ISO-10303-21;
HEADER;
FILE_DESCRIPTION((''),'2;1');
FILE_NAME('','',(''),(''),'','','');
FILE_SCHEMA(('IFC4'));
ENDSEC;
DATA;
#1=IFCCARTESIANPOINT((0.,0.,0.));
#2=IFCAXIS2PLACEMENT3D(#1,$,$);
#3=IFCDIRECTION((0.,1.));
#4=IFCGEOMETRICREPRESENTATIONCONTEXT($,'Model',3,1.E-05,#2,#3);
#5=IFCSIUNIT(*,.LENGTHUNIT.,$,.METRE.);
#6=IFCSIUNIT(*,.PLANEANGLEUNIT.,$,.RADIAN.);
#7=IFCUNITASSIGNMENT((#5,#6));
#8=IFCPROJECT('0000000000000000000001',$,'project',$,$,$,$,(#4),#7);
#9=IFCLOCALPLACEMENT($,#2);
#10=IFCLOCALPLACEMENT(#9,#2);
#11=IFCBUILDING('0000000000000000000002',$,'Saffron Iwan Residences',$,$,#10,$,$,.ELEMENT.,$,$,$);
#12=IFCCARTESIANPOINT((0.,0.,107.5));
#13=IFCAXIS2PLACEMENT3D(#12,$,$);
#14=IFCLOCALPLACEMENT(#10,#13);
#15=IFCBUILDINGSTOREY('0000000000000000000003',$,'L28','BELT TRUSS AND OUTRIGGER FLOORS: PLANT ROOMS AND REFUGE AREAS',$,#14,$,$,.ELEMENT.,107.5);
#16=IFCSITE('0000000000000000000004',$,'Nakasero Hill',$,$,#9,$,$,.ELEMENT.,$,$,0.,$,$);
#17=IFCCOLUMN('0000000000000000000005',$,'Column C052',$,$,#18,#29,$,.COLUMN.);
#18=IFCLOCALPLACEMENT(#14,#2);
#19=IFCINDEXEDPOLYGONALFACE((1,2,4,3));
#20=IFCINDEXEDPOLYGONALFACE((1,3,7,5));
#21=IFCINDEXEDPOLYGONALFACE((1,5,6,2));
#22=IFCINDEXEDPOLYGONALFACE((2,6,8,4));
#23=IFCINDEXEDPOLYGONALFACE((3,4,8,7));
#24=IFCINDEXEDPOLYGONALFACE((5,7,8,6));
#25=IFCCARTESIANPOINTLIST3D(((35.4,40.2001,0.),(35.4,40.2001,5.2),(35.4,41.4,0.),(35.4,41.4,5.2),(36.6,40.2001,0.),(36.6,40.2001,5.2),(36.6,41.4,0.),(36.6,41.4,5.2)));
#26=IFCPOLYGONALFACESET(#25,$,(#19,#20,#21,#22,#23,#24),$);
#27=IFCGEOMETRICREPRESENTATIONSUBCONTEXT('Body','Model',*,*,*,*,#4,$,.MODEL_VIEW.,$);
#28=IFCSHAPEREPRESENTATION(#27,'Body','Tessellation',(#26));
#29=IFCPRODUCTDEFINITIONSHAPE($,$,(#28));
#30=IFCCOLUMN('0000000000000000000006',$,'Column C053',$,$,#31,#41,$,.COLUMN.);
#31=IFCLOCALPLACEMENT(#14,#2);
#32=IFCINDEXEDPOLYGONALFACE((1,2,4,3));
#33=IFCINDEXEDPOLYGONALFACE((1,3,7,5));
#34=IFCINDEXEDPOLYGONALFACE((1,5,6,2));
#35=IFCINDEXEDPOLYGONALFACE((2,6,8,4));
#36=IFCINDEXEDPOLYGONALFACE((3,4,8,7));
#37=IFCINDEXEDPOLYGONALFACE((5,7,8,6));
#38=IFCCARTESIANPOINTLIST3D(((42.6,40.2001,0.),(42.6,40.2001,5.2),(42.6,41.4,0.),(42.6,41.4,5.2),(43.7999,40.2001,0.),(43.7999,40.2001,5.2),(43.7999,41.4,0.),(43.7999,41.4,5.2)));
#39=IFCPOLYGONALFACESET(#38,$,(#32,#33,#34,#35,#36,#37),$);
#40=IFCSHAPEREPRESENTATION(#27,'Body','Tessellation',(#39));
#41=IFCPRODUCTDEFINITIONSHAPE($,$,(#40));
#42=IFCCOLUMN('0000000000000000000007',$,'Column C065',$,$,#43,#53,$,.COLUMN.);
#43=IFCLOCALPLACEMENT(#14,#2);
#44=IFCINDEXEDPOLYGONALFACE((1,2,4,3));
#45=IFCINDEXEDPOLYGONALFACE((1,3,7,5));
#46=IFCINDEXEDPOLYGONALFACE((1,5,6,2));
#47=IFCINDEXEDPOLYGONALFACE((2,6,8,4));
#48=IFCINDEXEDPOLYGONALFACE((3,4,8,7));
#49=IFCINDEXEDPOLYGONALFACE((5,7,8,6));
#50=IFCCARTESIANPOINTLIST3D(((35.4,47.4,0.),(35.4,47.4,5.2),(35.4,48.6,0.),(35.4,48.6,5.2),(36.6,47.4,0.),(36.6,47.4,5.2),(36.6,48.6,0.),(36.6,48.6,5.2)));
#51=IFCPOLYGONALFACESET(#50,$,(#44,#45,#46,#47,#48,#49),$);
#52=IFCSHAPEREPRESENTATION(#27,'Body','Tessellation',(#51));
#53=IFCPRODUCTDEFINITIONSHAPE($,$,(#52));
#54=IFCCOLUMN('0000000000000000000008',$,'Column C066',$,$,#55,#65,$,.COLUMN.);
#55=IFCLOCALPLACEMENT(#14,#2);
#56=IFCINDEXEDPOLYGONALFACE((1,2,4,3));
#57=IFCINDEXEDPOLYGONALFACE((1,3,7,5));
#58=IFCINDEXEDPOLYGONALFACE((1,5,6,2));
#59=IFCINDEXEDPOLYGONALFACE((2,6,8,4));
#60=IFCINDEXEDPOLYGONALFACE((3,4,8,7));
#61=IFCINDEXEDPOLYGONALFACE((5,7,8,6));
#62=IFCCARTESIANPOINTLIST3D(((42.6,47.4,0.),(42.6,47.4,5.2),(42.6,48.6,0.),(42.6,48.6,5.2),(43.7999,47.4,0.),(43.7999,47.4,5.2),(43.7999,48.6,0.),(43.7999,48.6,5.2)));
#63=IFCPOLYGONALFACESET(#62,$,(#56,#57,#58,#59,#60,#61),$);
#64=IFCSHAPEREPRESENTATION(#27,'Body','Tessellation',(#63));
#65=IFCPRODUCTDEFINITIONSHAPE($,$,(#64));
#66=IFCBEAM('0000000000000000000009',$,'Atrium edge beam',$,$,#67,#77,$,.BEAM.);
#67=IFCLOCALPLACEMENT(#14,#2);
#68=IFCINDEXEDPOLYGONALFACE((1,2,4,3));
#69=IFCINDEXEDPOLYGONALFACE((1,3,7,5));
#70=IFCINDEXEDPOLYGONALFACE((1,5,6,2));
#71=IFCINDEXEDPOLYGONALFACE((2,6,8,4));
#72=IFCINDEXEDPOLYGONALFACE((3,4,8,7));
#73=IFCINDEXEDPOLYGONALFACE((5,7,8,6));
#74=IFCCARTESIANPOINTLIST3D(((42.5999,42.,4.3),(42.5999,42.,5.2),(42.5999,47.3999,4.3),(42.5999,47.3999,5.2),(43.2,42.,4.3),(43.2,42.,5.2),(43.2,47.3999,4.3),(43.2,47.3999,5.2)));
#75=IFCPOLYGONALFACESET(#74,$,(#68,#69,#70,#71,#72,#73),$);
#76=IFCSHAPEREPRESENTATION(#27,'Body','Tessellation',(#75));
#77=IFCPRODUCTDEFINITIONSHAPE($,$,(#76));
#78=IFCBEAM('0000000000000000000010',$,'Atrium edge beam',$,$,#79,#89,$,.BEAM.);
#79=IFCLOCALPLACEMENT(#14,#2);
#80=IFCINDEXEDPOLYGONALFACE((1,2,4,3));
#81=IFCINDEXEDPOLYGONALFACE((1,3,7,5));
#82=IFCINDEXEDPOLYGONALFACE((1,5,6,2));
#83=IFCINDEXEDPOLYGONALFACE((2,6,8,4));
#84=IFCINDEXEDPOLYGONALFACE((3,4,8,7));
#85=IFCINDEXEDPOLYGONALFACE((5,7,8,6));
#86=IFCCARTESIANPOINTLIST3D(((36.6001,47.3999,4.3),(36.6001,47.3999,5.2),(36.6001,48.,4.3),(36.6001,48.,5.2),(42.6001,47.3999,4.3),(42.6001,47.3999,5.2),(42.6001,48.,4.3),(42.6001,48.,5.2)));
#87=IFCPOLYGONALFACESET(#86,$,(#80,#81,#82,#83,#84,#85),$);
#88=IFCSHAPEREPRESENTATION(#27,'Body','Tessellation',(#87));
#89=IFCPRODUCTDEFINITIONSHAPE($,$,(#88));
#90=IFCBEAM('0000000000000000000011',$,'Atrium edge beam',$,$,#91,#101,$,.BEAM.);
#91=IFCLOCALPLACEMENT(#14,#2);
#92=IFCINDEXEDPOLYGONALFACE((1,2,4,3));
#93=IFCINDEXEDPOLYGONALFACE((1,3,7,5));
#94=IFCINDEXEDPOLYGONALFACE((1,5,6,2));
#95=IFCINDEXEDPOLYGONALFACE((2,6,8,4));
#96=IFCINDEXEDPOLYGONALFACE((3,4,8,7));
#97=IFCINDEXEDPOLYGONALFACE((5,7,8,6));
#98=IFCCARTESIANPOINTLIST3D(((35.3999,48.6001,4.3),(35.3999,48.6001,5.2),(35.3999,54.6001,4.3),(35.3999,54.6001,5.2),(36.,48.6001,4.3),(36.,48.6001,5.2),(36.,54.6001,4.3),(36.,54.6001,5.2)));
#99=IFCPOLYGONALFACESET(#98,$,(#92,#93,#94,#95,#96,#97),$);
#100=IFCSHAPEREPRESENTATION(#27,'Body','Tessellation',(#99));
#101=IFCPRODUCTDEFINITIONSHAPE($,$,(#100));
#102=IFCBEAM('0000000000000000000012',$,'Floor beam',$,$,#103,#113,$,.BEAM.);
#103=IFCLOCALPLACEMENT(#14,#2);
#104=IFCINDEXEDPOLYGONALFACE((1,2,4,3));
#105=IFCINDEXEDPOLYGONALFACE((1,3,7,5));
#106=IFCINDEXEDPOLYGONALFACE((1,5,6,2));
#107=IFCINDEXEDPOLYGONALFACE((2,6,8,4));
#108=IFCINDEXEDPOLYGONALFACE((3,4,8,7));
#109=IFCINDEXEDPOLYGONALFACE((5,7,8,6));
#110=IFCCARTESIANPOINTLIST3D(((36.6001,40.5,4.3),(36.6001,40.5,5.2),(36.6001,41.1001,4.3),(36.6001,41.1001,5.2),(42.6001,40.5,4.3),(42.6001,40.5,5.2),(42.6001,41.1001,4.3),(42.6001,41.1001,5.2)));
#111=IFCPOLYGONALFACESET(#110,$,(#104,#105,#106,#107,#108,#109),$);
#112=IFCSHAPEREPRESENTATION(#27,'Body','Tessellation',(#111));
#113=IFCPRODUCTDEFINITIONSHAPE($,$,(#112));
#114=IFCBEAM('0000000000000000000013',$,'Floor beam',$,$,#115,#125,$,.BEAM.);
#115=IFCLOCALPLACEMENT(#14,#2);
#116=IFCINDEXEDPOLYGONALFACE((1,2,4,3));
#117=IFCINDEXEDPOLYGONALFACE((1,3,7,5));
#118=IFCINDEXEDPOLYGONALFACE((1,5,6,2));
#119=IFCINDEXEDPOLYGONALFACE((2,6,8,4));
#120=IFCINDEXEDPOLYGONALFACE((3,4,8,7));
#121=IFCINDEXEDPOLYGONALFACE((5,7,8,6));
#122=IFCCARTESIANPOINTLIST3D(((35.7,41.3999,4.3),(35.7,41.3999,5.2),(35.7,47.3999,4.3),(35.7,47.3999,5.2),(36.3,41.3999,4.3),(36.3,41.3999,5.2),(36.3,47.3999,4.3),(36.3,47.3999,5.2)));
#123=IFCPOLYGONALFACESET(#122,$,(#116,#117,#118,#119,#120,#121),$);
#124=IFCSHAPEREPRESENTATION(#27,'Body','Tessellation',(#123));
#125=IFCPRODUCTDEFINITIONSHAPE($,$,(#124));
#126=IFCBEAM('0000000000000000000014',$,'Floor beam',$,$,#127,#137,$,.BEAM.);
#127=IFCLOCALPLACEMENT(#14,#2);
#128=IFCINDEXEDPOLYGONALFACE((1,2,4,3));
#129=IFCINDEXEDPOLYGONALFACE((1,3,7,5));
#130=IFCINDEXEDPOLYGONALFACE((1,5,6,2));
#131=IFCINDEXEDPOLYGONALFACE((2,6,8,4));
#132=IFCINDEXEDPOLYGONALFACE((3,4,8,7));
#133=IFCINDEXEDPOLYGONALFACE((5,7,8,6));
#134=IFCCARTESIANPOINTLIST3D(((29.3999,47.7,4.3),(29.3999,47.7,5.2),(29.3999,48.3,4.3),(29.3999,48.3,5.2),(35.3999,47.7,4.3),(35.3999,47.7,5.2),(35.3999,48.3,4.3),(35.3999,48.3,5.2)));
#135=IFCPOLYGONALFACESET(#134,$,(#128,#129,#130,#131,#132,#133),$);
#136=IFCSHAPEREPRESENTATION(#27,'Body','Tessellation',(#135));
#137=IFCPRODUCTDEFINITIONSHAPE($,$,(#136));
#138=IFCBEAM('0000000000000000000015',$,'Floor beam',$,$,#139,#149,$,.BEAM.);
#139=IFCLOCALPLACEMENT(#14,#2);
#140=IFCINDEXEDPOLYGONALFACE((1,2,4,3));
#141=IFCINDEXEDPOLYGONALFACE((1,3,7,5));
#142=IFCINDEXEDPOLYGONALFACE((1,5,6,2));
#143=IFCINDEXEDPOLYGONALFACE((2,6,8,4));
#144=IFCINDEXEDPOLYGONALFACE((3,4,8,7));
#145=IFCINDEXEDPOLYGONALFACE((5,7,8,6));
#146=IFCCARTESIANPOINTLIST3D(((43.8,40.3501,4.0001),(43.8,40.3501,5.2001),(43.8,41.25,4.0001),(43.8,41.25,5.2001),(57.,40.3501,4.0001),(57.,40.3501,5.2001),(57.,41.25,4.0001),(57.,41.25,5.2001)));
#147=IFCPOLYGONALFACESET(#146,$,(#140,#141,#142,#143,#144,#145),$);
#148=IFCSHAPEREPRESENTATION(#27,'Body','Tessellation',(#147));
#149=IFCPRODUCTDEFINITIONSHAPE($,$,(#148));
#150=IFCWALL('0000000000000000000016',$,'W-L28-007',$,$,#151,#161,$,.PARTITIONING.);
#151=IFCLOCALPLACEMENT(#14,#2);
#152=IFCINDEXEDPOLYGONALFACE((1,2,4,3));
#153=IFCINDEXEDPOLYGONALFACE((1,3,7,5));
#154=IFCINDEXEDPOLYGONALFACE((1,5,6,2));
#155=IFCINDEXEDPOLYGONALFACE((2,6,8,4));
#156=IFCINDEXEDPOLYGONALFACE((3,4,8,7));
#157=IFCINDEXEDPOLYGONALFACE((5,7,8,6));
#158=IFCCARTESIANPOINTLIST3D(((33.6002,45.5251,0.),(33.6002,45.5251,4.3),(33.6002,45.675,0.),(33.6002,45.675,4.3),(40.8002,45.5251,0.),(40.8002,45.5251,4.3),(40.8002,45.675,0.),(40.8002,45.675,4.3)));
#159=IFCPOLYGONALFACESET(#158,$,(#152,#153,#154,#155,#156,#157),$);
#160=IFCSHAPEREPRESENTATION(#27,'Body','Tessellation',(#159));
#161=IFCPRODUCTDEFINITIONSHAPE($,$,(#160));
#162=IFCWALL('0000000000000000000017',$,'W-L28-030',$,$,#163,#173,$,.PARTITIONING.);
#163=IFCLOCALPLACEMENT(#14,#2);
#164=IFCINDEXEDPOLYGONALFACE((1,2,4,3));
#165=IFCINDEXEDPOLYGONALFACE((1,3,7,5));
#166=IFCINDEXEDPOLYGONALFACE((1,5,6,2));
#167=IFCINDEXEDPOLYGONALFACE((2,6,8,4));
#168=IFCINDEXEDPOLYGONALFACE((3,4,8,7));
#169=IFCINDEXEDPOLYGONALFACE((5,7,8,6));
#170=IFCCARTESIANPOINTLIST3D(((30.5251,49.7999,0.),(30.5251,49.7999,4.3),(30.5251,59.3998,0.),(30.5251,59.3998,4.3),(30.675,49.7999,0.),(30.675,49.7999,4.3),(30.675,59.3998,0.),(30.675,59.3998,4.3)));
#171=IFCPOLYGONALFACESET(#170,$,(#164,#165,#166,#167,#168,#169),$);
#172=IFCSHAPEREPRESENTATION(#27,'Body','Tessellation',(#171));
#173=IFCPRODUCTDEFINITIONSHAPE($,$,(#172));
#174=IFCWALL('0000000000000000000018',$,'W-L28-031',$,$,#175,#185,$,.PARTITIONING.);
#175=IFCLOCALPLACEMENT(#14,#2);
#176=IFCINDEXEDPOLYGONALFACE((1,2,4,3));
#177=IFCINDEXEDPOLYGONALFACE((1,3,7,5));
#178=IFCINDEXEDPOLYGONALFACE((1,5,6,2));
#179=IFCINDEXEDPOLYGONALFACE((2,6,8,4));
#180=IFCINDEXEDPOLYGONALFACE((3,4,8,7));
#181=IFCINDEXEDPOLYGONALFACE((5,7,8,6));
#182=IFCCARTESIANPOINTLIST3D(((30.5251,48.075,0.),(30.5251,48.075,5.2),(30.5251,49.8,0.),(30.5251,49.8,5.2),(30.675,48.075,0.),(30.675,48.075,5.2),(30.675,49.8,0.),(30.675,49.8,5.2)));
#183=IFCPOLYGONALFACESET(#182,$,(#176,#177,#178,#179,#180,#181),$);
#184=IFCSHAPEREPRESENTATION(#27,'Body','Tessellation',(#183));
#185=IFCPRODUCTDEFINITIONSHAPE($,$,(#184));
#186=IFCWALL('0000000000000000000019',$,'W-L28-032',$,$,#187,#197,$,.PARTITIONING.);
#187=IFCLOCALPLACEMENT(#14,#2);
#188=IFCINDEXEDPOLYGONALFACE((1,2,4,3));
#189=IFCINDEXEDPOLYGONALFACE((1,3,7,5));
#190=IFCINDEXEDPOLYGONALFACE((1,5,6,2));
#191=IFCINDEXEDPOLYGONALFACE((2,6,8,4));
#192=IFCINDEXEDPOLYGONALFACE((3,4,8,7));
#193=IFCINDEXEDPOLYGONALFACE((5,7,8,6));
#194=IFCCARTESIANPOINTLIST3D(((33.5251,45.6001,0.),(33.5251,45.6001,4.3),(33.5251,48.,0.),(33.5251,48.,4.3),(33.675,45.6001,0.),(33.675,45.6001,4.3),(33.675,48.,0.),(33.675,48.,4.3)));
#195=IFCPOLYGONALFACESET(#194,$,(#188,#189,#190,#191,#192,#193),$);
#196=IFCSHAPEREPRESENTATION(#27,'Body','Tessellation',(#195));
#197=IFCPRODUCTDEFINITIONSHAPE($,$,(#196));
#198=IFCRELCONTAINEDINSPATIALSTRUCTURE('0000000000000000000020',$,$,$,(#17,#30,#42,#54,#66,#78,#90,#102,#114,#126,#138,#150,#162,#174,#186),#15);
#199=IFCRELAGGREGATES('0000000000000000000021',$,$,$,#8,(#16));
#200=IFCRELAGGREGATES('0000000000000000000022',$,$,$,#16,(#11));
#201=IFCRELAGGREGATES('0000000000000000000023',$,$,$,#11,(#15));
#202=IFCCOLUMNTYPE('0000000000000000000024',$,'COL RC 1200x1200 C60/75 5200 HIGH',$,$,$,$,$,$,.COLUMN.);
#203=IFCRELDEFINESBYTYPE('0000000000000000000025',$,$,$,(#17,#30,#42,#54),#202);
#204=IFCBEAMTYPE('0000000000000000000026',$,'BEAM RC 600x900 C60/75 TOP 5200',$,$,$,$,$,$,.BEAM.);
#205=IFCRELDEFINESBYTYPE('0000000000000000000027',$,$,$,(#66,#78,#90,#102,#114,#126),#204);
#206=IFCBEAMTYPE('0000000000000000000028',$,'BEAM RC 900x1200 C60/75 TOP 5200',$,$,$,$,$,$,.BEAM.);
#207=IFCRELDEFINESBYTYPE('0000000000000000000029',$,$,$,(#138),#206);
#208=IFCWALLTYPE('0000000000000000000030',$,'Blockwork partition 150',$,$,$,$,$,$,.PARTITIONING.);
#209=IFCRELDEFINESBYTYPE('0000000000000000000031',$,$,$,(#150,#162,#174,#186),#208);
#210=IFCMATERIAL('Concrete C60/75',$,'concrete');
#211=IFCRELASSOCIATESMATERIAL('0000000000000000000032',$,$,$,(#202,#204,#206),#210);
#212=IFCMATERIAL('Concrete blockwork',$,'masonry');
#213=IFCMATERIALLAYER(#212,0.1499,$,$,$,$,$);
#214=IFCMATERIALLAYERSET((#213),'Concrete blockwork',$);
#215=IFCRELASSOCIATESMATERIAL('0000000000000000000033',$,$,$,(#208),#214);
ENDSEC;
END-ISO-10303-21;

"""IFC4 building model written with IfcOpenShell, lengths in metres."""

from ifc_helpers import new_model, si_unit, direction, frame, frame_2d, origin, origin_2d, place, context, subcontext, project, spatial, rectangle, extrude, source, transform, mapped, material, layer, layer_set, material_profile, profile_set, type_object, element, save


model = new_model("IFC4")

# Units and contexts
model_context = context("Model", 3, precision=1e-05, world=origin(), true_north=direction((0.0, 1.0)))
body_context = subcontext(model_context, "Body", "Model", "MODEL_VIEW")
ifc_project = project(units=[si_unit("LENGTHUNIT", "METRE"), si_unit("PLANEANGLEUNIT", "RADIAN")], contexts=[model_context])

# Site, building, storey
site_placement = place(None, origin())
site = spatial("IfcSite", under=ifc_project, at=site_placement, Name="Nakasero Hill", CompositionType="ELEMENT", RefElevation=0.0)
building_placement = place(site_placement, origin())
building = spatial("IfcBuilding", under=site, at=building_placement, Name="Saffron Iwan Residences", CompositionType="ELEMENT")
storey_placement = place(building_placement, frame((0.0, 0.0, 107.5)))
storey = spatial("IfcBuildingStorey", under=building, at=storey_placement, Name="L28", Description="BELT TRUSS AND OUTRIGGER FLOORS: PLANT ROOMS AND REFUGE AREAS", CompositionType="ELEMENT", Elevation=107.5)

# Columns
ifc_material_1 = material(Name="Concrete C60/75", Category="concrete")
ifc_material_profile_1 = material_profile(ifc_material_1, rectangle(XDim=1.2, YDim=1.2, at=origin_2d()), Name="RC 1200x1200")
ifc_profile_set_1 = profile_set([ifc_material_profile_1], Name="Concrete C60/75")
column_type = type_object("IfcColumnType", Name="COL RC 1200x1200 C60/75 5200 HIGH", PredefinedType="COLUMN", material=ifc_profile_set_1)
shared_shape_1 = source(origin(), body_context, "Body", "SweptSolid", [
    extrude(rectangle(XDim=1.2, YDim=1.2, at=origin_2d()), origin(), (0.0, 0.0, 1.0), 5.2),
])
for number, where, z_axis, x_axis, name in (
    (1, (36.0, 40.8, 0.0), (0.0, 0.0, 1.0), (1.0, 0.0, 0.0), "Column C052"),
    (2, (43.2, 40.8, 0.0), (0.0, 0.0, 1.0), (1.0, 0.0, 0.0), "Column C053"),
    (3, (36.0, 48.0, 0.0), (0.0, 0.0, 1.0), (1.0, 0.0, 0.0), "Column C065"),
    (4, (43.2, 48.0, 0.0), (0.0, 0.0, 1.0), (1.0, 0.0, 0.0), "Column C066"),
):
    element("IfcColumn", number, at=place(storey_placement, frame(where, z_axis=z_axis, x_axis=x_axis)), inside=storey, type_object=column_type, Name=name, PredefinedType="COLUMN", context=body_context, shape_type="MappedRepresentation", body=[
        mapped(shared_shape_1, transform((0.0, 0.0, 0.0))),
    ])

# Beams
ifc_material_profile_2 = material_profile(ifc_material_1, rectangle(XDim=0.6001, YDim=0.8999, at=origin_2d()), Name="RC 600x900")
ifc_profile_set_2 = profile_set([ifc_material_profile_2], Name="Concrete C60/75")
beam_type_1 = type_object("IfcBeamType", Name="BEAM RC 600x900 C60/75 TOP 5200", PredefinedType="BEAM", material=ifc_profile_set_2)
shared_shape_2 = source(origin(), body_context, "Body", "SweptSolid", [
    extrude(rectangle(XDim=0.6001, YDim=0.8999, at=origin_2d()), origin(), (0.0, 0.0, 1.0), 5.3999),
])
beam_1_placement = place(storey_placement, frame((42.8999, 42.0, 4.75), z_axis=(0.0, 1.0, 0.0), x_axis=(-1.0, 0.0, 0.0)))
element("IfcBeam", 5, at=beam_1_placement, inside=storey, type_object=beam_type_1, Name="Atrium edge beam", PredefinedType="BEAM", context=body_context, shape_type="MappedRepresentation", body=[
    mapped(shared_shape_2, transform((0.0, 0.0, 0.0))),
])
shared_shape_3 = source(origin(), body_context, "Body", "SweptSolid", [
    extrude(rectangle(XDim=0.6001, YDim=0.8999, at=origin_2d()), origin(), (0.0, 0.0, 1.0), 6.0),
])
for number, where, z_axis, x_axis, name in (
    (6, (42.6001, 47.7, 4.75), (-1.0, 0.0, 0.0), (0.0, -1.0, 0.0), "Atrium edge beam"),
    (7, (35.7, 48.6001, 4.75), (0.0, 1.0, 0.0), (-1.0, 0.0, 0.0), "Atrium edge beam"),
    (8, (36.6001, 40.8, 4.75), (1.0, 0.0, 0.0), (0.0, 1.0, 0.0), "Floor beam"),
    (9, (36.0, 41.3999, 4.75), (0.0, 1.0, 0.0), (-1.0, 0.0, 0.0), "Floor beam"),
    (10, (29.3999, 48.0, 4.75), (1.0, 0.0, 0.0), (0.0, 1.0, 0.0), "Floor beam"),
):
    element("IfcBeam", number, at=place(storey_placement, frame(where, z_axis=z_axis, x_axis=x_axis)), inside=storey, type_object=beam_type_1, Name=name, PredefinedType="BEAM", context=body_context, shape_type="MappedRepresentation", body=[
        mapped(shared_shape_3, transform((0.0, 0.0, 0.0))),
    ])
ifc_material_profile_3 = material_profile(ifc_material_1, rectangle(XDim=0.8999, YDim=1.2, at=origin_2d()), Name="RC 900x1200")
ifc_profile_set_3 = profile_set([ifc_material_profile_3], Name="Concrete C60/75")
beam_type_2 = type_object("IfcBeamType", Name="BEAM RC 900x1200 C60/75 TOP 5200", PredefinedType="BEAM", material=ifc_profile_set_3)
shared_shape_4 = source(origin(), body_context, "Body", "SweptSolid", [
    extrude(rectangle(XDim=0.8999, YDim=1.2, at=origin_2d()), origin(), (0.0, 0.0, 1.0), 13.2),
])
beam_2_placement = place(storey_placement, frame((43.8, 40.8, 4.6001), z_axis=(1.0, 0.0, 0.0), x_axis=(0.0, 1.0, 0.0)))
element("IfcBeam", 11, at=beam_2_placement, inside=storey, type_object=beam_type_2, Name="Floor beam", PredefinedType="BEAM", context=body_context, shape_type="MappedRepresentation", body=[
    mapped(shared_shape_4, transform((0.0, 0.0, 0.0))),
])

# Walls
ifc_material_2 = material(Name="Concrete blockwork", Category="masonry")
ifc_layer_1 = layer(ifc_material_2, 0.1499)
ifc_layer_set_1 = layer_set([ifc_layer_1], Name="Concrete blockwork")
wall_type_1 = type_object("IfcWallType", Name="Blockwork partition 150", PredefinedType="PARTITIONING", material=ifc_layer_set_1)
wall_1_placement = place(storey_placement, frame((33.6001, 45.6001, 0.0), z_axis=(0.0, 0.0, 1.0), x_axis=(1.0, 0.0, 0.0)))
element("IfcWall", 12, at=wall_1_placement, inside=storey, type_object=wall_type_1, Name="W-L28-007", PredefinedType="PARTITIONING", context=body_context, shape_type="SweptSolid", body=[
    extrude(rectangle(XDim=7.2, YDim=0.1499, at=frame_2d((3.6001, 0.0))), origin(), (0.0, 0.0, 1.0), 4.3),
])
wall_2_placement = place(storey_placement, frame((30.6001, 49.8, 0.0), z_axis=(0.0, 0.0, 1.0), x_axis=(0.0, 1.0, 0.0)))
element("IfcWall", 13, at=wall_2_placement, inside=storey, type_object=wall_type_1, Name="W-L28-030", PredefinedType="PARTITIONING", context=body_context, shape_type="SweptSolid", body=[
    extrude(rectangle(XDim=9.5999, YDim=0.1499, at=frame_2d((4.7998, 0.0))), origin(), (0.0, 0.0, 1.0), 4.3),
])
wall_3_placement = place(storey_placement, frame((30.6001, 48.075, 0.0), z_axis=(0.0, 0.0, 1.0), x_axis=(0.0, 1.0, 0.0)))
element("IfcWall", 14, at=wall_3_placement, inside=storey, type_object=wall_type_1, Name="W-L28-031", PredefinedType="PARTITIONING", context=body_context, shape_type="SweptSolid", body=[
    extrude(rectangle(XDim=1.7251, YDim=0.1499, at=frame_2d((0.8625, 0.0))), origin(), (0.0, 0.0, 1.0), 5.2),
])
wall_4_placement = place(storey_placement, frame((33.6001, 45.6001, 0.0), z_axis=(0.0, 0.0, 1.0), x_axis=(0.0, 1.0, 0.0)))
element("IfcWall", 15, at=wall_4_placement, inside=storey, type_object=wall_type_1, Name="W-L28-032", PredefinedType="PARTITIONING", context=body_context, shape_type="SweptSolid", body=[
    extrude(rectangle(XDim=2.3999, YDim=0.1499, at=frame_2d((1.2, 0.0))), origin(), (0.0, 0.0, 1.0), 4.3),
])

save(model, "model.ifc")
